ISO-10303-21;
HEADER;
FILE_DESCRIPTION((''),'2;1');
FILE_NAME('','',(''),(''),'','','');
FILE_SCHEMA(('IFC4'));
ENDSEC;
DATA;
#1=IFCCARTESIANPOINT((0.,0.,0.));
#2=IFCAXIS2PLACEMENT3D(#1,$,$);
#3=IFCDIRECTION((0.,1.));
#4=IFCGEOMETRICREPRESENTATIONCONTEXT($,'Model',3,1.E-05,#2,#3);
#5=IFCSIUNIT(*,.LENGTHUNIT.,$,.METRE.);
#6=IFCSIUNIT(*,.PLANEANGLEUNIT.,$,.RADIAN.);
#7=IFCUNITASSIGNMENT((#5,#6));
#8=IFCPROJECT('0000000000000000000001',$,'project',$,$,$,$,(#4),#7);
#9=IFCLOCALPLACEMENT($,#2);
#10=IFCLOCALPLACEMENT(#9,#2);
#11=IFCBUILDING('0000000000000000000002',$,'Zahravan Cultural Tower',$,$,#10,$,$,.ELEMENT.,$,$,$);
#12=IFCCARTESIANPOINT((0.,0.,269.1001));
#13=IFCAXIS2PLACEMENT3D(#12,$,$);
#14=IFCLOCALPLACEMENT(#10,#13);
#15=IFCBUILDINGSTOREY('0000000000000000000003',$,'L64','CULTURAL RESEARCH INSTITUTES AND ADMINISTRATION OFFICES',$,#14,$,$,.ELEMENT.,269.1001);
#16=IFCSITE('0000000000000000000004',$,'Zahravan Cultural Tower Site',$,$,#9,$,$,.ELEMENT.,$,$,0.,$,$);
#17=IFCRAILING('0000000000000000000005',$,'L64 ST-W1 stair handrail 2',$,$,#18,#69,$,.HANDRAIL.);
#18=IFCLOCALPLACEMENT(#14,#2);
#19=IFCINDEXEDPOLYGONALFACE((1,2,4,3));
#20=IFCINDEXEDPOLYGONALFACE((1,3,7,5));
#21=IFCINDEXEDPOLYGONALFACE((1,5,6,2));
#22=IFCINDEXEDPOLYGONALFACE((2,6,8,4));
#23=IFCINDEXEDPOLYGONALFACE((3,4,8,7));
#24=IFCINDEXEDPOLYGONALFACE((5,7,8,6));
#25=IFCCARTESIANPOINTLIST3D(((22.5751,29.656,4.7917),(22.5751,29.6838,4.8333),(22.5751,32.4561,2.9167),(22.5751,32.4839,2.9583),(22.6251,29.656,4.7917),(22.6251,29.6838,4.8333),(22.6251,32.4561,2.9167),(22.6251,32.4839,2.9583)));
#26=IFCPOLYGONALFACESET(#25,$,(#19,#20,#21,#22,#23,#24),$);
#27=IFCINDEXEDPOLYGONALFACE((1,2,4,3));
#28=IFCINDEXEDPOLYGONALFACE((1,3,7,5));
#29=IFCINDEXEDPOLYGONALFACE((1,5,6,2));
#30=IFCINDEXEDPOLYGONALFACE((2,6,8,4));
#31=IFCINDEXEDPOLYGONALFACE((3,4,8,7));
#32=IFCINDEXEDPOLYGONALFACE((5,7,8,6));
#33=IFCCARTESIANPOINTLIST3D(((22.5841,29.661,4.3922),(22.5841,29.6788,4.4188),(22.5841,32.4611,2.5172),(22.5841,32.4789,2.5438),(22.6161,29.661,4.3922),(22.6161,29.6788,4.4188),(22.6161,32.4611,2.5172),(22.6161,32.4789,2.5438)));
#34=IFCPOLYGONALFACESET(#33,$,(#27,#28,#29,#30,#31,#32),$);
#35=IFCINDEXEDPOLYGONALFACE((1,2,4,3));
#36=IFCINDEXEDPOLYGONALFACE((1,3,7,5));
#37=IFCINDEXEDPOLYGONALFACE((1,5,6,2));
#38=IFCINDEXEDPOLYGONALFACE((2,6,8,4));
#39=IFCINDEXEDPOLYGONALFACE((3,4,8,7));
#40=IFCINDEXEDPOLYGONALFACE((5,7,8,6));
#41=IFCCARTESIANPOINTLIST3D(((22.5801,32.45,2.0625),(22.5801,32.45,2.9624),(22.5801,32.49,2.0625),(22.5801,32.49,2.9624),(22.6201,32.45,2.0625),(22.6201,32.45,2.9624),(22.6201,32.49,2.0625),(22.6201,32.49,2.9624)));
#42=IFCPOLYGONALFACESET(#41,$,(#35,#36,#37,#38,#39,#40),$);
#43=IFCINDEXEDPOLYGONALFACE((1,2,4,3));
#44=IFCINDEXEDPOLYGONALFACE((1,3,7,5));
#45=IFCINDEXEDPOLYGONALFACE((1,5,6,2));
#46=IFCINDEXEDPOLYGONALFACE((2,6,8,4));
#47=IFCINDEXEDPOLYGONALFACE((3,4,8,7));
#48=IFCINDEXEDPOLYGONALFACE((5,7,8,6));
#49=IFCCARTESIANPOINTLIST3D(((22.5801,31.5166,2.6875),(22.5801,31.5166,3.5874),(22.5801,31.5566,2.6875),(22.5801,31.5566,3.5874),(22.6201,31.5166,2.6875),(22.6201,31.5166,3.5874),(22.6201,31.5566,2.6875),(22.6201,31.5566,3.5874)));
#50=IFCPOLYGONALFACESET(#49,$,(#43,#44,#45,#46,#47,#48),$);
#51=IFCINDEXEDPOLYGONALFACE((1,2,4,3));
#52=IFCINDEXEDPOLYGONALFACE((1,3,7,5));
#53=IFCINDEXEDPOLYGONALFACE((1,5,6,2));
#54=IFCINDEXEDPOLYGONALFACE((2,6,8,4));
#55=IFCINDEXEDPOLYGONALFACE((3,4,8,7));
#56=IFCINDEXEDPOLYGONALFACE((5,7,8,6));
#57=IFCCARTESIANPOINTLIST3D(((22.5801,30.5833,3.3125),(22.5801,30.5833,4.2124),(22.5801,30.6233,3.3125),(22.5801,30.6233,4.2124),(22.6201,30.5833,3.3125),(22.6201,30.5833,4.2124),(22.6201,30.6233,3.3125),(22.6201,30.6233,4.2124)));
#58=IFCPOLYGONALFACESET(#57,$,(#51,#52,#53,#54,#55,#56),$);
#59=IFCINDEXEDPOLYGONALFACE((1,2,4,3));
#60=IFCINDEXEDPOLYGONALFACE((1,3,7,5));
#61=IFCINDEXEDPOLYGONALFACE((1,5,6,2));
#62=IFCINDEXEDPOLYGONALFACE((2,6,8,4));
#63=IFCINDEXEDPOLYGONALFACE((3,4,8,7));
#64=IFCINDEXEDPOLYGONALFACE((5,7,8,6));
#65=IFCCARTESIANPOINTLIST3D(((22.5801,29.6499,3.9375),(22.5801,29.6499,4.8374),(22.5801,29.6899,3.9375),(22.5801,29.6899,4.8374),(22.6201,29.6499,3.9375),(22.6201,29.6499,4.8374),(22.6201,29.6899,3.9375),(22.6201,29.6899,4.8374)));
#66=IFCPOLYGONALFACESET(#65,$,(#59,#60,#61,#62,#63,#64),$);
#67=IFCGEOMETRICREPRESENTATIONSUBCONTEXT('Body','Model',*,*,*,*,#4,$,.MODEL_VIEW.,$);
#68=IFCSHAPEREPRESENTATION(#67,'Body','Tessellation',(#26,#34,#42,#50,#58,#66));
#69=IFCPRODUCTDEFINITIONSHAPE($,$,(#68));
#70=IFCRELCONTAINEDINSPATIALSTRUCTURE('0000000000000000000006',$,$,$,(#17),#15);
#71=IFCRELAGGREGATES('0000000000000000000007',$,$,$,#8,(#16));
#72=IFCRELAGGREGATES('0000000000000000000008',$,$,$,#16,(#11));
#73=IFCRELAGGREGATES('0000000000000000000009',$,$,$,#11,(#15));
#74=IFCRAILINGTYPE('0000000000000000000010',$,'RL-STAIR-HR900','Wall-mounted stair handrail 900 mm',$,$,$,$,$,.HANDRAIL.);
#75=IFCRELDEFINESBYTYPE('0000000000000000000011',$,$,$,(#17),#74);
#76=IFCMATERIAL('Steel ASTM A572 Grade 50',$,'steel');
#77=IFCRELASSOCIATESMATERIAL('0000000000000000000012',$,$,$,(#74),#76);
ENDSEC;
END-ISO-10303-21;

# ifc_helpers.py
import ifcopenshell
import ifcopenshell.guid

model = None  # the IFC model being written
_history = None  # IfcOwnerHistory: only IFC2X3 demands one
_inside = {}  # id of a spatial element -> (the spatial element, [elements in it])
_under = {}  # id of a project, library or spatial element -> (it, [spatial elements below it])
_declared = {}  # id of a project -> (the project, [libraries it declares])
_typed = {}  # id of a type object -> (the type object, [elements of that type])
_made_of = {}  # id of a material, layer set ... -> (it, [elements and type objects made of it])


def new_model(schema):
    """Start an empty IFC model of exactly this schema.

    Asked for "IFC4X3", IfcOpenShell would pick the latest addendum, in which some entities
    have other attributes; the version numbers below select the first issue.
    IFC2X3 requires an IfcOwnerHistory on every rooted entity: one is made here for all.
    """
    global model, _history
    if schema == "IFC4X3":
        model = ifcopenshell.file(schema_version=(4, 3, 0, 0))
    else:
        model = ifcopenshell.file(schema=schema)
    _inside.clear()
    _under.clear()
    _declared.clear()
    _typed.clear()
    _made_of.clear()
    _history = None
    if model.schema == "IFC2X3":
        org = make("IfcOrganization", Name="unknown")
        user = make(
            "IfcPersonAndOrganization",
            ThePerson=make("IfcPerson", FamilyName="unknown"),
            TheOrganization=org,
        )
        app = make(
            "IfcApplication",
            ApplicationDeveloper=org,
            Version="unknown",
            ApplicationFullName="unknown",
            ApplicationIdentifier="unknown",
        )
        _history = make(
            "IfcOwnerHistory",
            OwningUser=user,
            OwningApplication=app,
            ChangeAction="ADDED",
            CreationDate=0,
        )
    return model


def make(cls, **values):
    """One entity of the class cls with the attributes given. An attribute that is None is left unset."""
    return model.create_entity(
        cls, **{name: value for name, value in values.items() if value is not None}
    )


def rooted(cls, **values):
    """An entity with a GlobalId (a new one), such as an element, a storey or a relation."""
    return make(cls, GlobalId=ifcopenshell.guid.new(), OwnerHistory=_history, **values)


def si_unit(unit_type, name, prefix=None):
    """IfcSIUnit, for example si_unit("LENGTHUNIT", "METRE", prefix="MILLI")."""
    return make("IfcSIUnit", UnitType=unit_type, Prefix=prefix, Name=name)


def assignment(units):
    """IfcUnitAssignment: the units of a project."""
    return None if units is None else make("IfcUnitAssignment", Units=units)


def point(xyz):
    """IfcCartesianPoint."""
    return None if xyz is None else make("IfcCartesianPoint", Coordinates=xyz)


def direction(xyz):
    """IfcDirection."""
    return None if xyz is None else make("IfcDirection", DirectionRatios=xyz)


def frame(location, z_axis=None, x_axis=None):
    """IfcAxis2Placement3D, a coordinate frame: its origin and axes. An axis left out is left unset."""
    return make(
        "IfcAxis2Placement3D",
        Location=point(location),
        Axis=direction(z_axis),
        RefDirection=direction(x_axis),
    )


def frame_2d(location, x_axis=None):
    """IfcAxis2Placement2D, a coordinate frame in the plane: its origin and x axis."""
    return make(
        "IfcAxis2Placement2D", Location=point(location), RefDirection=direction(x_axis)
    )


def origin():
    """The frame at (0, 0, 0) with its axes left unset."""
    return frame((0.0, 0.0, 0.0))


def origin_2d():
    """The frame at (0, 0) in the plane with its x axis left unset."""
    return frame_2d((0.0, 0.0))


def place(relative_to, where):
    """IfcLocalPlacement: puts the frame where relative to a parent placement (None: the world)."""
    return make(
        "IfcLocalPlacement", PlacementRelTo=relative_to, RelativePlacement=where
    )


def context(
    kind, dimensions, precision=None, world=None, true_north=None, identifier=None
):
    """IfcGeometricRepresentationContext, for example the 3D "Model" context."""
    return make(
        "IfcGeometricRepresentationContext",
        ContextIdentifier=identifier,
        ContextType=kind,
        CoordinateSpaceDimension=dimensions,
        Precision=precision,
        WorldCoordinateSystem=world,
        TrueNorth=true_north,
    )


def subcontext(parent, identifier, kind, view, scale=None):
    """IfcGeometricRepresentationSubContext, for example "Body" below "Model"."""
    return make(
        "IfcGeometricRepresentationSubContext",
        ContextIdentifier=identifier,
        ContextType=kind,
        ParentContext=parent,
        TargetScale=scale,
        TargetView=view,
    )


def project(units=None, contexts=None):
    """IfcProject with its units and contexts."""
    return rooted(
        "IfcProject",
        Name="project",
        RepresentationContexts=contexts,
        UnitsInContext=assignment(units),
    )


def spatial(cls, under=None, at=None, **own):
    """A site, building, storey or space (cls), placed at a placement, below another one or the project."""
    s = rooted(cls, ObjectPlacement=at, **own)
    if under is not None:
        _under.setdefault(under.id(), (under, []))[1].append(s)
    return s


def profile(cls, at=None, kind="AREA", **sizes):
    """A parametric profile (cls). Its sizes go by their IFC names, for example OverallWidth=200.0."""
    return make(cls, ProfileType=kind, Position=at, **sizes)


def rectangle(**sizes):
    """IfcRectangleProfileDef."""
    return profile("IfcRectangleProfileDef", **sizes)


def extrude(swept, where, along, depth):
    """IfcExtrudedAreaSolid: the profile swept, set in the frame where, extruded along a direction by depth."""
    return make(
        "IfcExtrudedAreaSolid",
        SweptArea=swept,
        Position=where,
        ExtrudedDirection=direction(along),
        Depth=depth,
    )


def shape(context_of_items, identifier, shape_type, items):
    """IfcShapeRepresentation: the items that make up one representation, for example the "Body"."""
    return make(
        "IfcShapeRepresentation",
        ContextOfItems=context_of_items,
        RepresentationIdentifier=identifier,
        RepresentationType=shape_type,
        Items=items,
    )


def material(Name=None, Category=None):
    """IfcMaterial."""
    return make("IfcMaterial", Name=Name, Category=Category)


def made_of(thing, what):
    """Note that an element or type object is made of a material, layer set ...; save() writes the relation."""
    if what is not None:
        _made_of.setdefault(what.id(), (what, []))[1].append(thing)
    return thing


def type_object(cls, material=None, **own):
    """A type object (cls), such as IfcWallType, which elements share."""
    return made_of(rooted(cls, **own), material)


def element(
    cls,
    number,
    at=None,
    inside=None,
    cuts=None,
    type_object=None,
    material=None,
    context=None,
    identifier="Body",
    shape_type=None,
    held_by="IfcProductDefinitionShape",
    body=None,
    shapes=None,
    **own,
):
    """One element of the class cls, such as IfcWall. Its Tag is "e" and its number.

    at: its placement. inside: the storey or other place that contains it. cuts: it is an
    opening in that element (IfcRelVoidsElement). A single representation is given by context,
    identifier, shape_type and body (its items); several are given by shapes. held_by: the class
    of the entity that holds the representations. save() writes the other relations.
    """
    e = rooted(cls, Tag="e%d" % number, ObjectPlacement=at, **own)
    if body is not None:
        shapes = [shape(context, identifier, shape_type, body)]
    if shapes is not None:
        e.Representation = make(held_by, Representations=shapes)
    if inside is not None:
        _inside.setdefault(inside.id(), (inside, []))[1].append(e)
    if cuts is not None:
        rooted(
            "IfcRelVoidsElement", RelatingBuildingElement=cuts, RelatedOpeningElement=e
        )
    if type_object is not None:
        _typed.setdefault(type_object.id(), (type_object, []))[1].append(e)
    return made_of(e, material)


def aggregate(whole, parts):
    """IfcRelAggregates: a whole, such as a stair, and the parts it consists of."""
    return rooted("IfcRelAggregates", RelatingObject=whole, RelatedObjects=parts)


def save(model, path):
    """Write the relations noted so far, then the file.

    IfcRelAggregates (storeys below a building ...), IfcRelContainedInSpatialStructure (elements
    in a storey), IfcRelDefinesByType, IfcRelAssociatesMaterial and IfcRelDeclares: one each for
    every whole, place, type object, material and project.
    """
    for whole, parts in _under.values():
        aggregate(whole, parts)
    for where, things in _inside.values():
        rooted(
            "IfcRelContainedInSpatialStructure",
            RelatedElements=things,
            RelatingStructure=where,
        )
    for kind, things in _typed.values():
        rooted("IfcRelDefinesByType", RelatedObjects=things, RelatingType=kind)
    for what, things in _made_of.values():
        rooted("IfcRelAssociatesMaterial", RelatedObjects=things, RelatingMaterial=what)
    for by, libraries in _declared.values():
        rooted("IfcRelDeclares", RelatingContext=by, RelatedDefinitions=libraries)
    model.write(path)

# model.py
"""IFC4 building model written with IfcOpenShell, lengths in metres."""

from ifc_helpers import new_model, si_unit, direction, frame, origin, origin_2d, place, context, subcontext, project, spatial, rectangle, extrude, material, type_object, element, save


model = new_model("IFC4")

# Units and contexts
model_context = context("Model", 3, precision=1e-05, world=origin(), true_north=direction((0.0, 1.0)))
body_context = subcontext(model_context, "Body", "Model", "MODEL_VIEW")
ifc_project = project(units=[si_unit("LENGTHUNIT", "METRE"), si_unit("PLANEANGLEUNIT", "RADIAN")], contexts=[model_context])

# Site, building, storey
site_placement = place(None, origin())
site = spatial("IfcSite", under=ifc_project, at=site_placement, Name="Zahravan Cultural Tower Site", CompositionType="ELEMENT", RefElevation=0.0)
building_placement = place(site_placement, origin())
building = spatial("IfcBuilding", under=site, at=building_placement, Name="Zahravan Cultural Tower", CompositionType="ELEMENT")
storey_placement = place(building_placement, frame((0.0, 0.0, 269.1001)))
storey = spatial("IfcBuildingStorey", under=building, at=storey_placement, Name="L64", Description="CULTURAL RESEARCH INSTITUTES AND ADMINISTRATION OFFICES", CompositionType="ELEMENT", Elevation=269.1001)

# Railing
ifc_material_1 = material(Name="Steel ASTM A572 Grade 50", Category="steel")
railing_type_1 = type_object("IfcRailingType", Name="RL-STAIR-HR900", Description="Wall-mounted stair handrail 900 mm", PredefinedType="HANDRAIL", material=ifc_material_1)
railing_1_placement = place(storey_placement, frame((22.6001, 32.47, 2.0625)))
element("IfcRailing", 1, at=railing_1_placement, inside=storey, type_object=railing_type_1, Name="L64 ST-W1 stair handrail 2", PredefinedType="HANDRAIL", context=body_context, shape_type="SweptSolid", body=[
    extrude(rectangle(XDim=0.05, YDim=0.05, at=origin_2d()), frame((0.0, 0.0, 0.875), z_axis=(0.0, -0.830912, 0.556404), x_axis=(1.0, 0.0, 0.0)), (0.0, 0.0, 1.0), 3.3699),
    extrude(rectangle(XDim=0.032, YDim=0.032, at=origin_2d()), frame((0.0, 0.0, 0.468), z_axis=(0.0, -0.830912, 0.556404), x_axis=(1.0, 0.0, 0.0)), (0.0, 0.0, 1.0), 3.3699),
    extrude(rectangle(XDim=0.04, YDim=0.04, at=origin_2d()), origin(), (0.0, 0.0, 1.0), 0.8999),
    extrude(rectangle(XDim=0.04, YDim=0.04, at=origin_2d()), frame((0.0, -0.9333, 0.625)), (0.0, 0.0, 1.0), 0.8999),
    extrude(rectangle(XDim=0.04, YDim=0.04, at=origin_2d()), frame((0.0, -1.8667, 1.25)), (0.0, 0.0, 1.0), 0.8999),
    extrude(rectangle(XDim=0.04, YDim=0.04, at=origin_2d()), frame((0.0, -2.8, 1.875)), (0.0, 0.0, 1.0), 0.8999),
])

save(model, "model.ifc")
